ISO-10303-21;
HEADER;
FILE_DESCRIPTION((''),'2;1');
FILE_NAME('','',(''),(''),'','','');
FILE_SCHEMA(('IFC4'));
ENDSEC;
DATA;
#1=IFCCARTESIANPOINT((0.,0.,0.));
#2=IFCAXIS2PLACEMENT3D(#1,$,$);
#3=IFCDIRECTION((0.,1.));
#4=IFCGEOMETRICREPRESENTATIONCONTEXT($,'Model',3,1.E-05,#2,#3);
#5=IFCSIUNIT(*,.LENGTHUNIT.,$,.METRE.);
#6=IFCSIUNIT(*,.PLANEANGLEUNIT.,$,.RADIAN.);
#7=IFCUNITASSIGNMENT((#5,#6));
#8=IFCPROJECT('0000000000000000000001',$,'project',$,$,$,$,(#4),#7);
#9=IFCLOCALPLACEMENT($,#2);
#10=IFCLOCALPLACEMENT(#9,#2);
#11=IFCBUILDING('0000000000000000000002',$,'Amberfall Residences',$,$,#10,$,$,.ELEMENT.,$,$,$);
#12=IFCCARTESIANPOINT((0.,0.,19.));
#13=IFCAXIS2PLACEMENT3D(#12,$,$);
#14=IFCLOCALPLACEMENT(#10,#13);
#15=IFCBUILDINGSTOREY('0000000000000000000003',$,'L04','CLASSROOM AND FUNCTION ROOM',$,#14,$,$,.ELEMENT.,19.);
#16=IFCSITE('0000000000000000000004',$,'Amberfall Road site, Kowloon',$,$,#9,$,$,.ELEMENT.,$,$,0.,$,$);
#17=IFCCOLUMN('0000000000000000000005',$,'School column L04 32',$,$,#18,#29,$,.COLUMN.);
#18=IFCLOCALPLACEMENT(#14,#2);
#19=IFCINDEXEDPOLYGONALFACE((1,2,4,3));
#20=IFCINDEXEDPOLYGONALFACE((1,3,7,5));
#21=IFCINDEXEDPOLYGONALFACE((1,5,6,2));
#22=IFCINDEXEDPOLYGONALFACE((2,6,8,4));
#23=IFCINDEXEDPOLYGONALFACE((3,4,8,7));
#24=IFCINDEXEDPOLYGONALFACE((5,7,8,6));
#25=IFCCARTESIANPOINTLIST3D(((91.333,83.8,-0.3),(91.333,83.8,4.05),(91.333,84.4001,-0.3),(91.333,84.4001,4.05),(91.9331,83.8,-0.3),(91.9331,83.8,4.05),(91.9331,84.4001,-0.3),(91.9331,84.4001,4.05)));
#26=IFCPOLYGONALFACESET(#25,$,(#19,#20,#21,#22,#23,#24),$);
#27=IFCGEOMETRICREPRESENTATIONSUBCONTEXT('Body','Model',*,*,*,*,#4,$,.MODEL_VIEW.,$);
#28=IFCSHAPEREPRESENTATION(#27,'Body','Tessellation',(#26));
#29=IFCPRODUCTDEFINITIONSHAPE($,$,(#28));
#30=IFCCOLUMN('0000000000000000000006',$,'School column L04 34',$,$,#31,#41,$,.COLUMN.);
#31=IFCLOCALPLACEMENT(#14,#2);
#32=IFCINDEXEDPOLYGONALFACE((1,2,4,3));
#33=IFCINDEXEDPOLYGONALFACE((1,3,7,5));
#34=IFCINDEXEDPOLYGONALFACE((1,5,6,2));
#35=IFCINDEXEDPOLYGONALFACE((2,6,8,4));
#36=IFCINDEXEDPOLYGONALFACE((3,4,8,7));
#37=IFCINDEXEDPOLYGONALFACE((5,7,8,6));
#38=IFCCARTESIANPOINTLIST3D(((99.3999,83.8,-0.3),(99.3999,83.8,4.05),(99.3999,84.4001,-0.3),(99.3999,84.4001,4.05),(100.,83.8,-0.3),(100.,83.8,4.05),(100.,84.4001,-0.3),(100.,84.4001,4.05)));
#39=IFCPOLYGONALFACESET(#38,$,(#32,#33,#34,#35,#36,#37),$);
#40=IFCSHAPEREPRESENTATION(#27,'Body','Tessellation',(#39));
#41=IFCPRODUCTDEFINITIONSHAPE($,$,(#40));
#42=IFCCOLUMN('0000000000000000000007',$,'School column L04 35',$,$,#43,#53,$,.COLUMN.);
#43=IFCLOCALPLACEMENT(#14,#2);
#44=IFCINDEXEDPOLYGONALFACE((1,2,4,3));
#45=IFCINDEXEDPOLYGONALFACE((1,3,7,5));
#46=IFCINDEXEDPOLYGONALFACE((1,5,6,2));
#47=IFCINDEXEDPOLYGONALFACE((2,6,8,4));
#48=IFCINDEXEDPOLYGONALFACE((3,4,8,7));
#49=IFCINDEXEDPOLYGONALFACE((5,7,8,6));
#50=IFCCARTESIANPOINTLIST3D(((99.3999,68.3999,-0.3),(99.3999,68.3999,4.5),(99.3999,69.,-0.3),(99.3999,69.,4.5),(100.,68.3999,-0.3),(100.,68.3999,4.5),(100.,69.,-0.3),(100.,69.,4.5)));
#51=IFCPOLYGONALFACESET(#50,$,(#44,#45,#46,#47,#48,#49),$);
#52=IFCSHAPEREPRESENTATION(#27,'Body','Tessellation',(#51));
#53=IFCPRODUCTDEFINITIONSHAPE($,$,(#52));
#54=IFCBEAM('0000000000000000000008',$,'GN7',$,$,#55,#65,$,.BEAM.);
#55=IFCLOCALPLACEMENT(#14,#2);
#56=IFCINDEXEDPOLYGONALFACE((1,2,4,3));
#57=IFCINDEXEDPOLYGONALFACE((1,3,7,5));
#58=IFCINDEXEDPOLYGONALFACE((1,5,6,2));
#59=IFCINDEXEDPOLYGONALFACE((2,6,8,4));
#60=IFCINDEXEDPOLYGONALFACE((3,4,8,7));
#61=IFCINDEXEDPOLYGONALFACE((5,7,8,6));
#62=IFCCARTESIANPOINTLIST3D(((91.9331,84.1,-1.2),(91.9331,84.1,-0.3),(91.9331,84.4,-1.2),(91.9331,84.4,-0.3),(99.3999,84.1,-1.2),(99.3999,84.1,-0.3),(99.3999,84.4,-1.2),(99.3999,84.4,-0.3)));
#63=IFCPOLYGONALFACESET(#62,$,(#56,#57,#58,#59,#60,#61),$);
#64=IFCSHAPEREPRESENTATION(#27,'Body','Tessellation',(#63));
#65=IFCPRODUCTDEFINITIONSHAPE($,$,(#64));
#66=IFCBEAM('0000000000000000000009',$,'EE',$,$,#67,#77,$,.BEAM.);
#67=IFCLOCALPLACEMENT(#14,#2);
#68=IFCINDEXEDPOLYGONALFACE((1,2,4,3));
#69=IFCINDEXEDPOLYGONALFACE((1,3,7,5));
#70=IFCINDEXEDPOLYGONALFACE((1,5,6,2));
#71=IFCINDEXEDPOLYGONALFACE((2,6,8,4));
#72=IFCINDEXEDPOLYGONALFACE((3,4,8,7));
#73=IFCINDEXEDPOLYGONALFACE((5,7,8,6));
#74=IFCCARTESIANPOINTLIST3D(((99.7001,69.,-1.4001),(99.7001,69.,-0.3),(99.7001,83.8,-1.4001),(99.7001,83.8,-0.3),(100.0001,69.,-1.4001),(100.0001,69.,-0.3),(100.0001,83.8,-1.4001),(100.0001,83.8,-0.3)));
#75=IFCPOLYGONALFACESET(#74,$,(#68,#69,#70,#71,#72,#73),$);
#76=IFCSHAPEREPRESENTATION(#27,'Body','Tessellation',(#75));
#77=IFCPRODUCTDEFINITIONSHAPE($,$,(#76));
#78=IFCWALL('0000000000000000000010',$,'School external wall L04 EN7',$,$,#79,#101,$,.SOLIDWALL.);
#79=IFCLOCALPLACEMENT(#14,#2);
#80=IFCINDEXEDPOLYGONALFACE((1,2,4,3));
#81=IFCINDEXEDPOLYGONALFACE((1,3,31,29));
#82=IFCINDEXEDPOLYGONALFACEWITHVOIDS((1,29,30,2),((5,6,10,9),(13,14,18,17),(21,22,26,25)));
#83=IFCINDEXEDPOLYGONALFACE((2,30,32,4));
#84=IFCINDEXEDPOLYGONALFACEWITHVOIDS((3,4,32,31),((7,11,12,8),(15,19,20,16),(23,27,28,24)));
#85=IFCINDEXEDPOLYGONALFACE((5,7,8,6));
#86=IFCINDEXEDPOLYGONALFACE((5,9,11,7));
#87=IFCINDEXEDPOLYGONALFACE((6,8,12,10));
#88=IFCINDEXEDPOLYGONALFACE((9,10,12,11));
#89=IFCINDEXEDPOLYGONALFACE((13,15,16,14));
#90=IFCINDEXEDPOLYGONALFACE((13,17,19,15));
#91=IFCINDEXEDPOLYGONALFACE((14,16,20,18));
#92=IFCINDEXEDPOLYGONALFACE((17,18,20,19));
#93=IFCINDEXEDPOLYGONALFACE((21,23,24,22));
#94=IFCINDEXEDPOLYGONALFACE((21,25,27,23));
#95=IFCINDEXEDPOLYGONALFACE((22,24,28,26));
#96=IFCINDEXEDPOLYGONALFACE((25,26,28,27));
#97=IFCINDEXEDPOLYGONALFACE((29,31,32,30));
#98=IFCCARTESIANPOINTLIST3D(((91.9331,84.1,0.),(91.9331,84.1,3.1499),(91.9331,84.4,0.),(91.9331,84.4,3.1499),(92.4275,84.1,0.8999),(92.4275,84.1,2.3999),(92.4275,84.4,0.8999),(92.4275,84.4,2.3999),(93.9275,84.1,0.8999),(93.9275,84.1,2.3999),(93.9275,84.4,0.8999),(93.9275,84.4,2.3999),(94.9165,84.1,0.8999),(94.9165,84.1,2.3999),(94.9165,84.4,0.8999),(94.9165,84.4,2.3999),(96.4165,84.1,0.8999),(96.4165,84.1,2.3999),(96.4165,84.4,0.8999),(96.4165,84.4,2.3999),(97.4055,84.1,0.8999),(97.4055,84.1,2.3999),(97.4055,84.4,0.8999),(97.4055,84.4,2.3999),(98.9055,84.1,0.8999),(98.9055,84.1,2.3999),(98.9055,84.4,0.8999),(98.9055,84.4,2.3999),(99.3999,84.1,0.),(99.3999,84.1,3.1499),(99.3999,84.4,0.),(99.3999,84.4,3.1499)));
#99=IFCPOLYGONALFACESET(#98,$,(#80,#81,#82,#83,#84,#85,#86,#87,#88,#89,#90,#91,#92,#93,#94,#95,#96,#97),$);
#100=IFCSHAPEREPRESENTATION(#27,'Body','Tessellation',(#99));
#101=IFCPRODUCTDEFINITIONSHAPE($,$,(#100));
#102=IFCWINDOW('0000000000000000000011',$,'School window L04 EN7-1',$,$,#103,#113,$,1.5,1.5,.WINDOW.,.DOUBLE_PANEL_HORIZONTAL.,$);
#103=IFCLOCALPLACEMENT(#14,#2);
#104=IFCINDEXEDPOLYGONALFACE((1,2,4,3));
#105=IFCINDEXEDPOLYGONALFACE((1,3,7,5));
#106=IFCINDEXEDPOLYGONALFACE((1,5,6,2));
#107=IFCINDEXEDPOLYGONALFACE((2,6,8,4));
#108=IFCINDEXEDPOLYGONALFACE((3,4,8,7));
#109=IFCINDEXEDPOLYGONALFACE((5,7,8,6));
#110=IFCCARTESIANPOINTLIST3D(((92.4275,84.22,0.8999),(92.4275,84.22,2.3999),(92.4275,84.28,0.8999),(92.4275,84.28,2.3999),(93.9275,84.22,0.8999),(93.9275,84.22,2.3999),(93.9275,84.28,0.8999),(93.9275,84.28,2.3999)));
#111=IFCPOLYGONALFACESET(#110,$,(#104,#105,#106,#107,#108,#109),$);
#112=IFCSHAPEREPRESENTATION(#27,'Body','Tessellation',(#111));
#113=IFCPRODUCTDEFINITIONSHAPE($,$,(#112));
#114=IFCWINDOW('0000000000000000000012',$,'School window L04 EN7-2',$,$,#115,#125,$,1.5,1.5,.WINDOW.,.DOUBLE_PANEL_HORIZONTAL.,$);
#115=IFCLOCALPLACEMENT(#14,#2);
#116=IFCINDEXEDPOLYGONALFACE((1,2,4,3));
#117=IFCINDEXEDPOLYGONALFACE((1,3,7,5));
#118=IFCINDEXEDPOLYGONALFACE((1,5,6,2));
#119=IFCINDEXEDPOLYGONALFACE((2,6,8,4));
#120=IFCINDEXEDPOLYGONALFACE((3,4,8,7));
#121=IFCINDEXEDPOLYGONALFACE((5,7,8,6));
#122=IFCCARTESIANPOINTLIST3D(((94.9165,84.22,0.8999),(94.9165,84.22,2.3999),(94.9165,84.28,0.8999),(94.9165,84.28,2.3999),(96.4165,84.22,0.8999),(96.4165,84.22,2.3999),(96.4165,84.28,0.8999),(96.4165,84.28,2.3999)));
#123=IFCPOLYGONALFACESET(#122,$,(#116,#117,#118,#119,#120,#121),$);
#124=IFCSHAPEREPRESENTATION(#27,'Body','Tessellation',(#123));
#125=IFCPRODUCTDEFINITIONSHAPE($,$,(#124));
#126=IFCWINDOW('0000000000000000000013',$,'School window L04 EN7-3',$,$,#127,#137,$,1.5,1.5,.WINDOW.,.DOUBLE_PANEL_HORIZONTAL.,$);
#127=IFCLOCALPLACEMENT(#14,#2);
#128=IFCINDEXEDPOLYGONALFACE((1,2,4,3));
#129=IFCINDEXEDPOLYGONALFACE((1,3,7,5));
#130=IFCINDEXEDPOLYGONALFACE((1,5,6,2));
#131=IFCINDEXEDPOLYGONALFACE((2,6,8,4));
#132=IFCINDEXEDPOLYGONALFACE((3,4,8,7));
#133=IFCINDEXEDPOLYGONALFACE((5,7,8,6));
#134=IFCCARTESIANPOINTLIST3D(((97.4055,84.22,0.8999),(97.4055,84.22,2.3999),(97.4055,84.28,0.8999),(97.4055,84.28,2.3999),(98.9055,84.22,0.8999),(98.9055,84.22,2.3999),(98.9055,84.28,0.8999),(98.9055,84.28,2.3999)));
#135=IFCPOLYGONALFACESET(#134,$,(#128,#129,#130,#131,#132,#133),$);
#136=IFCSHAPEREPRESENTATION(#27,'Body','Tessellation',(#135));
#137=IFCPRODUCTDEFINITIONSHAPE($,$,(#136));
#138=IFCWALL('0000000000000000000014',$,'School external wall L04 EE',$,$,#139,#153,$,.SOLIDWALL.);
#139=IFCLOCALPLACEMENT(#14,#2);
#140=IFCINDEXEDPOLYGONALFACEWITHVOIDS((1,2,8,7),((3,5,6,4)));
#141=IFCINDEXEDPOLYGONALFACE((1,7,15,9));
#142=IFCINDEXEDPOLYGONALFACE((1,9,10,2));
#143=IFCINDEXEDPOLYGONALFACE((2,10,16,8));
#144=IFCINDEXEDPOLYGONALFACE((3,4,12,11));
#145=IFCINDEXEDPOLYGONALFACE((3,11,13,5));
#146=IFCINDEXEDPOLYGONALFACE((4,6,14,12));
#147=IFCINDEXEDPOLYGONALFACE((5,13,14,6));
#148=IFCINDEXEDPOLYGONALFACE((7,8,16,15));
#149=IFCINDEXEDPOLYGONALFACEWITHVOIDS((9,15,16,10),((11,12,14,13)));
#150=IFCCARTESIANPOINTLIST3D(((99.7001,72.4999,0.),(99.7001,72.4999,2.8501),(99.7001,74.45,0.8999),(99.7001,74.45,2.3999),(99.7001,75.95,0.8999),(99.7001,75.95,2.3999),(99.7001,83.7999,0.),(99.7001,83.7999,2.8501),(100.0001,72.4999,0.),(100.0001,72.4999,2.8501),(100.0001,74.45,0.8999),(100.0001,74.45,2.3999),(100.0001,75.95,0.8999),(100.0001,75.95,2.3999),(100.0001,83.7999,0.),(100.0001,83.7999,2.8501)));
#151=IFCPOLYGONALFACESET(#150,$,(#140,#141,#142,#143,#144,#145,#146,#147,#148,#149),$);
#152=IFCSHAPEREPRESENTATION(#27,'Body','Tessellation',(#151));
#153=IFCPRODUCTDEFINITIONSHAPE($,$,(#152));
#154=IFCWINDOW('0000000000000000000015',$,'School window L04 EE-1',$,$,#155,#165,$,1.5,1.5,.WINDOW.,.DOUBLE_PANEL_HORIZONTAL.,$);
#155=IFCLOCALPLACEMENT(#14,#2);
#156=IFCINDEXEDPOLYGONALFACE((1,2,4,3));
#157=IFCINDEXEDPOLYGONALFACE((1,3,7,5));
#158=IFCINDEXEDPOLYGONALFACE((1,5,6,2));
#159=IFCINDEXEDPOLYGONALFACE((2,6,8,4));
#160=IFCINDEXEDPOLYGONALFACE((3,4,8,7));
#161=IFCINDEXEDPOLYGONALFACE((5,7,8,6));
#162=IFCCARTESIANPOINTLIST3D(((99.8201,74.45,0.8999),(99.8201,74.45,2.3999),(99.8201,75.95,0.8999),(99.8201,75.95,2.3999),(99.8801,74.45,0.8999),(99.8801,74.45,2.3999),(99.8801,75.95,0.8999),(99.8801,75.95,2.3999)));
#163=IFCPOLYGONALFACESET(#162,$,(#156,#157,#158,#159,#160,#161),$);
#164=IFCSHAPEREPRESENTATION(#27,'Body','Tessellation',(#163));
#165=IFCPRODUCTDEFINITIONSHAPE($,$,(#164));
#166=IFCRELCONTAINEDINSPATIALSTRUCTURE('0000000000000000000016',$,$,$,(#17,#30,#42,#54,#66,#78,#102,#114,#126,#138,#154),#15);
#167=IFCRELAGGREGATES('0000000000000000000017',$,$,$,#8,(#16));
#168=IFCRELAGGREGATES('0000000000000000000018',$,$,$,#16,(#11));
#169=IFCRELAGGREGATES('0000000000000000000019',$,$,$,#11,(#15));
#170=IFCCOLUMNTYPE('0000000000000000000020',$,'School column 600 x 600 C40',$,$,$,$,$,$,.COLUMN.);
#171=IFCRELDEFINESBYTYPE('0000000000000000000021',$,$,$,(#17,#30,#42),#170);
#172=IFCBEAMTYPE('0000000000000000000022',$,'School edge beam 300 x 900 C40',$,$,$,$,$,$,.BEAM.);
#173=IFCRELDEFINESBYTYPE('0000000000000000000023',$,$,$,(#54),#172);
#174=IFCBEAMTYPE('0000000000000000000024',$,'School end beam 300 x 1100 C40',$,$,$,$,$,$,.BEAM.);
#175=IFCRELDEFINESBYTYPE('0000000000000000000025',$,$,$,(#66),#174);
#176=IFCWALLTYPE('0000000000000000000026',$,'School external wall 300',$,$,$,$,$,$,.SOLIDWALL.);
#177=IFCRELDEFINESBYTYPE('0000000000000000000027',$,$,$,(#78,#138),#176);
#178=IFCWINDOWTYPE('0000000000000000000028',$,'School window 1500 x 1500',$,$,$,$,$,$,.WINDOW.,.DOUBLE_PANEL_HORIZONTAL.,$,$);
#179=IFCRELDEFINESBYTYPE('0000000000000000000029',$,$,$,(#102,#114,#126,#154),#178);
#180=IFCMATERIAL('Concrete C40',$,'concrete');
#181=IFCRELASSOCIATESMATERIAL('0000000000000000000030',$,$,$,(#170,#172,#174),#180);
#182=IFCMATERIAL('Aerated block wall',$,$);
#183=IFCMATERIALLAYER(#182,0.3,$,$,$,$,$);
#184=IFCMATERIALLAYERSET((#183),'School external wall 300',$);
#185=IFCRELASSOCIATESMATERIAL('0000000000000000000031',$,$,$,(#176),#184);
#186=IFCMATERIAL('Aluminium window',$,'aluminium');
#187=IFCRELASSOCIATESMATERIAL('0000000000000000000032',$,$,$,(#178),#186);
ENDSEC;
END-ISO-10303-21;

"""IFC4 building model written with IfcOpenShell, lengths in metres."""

from ifc_helpers import new_model, si_unit, direction, frame, frame_2d, origin, origin_2d, place, context, subcontext, project, spatial, rectangle, extrude, material, layer, layer_set, material_profile, profile_set, type_object, element, fill, save


model = new_model("IFC4")

# Units and contexts
model_context = context("Model", 3, precision=1e-05, world=origin(), true_north=direction((0.0, 1.0)))
body_context = subcontext(model_context, "Body", "Model", "MODEL_VIEW")
ifc_project = project(units=[si_unit("LENGTHUNIT", "METRE"), si_unit("PLANEANGLEUNIT", "RADIAN")], contexts=[model_context])

# Site, building, storey
site_placement = place(None, origin())
site = spatial("IfcSite", under=ifc_project, at=site_placement, Name="Amberfall Road site, Kowloon", CompositionType="ELEMENT", RefElevation=0.0)
building_placement = place(site_placement, origin())
building = spatial("IfcBuilding", under=site, at=building_placement, Name="Amberfall Residences", CompositionType="ELEMENT")
storey_placement = place(building_placement, frame((0.0, 0.0, 19.0)))
storey = spatial("IfcBuildingStorey", under=building, at=storey_placement, Name="L04", Description="CLASSROOM AND FUNCTION ROOM", CompositionType="ELEMENT", Elevation=19.0)

# Columns
ifc_material_1 = material(Name="Concrete C40", Category="concrete")
ifc_material_profile_1 = material_profile(ifc_material_1, rectangle(XDim=0.6001, YDim=0.6001, at=origin_2d()), Name="School column 600 x 600 C40")
ifc_profile_set_1 = profile_set([ifc_material_profile_1], Name="Concrete C40")
column_type = type_object("IfcColumnType", Name="School column 600 x 600 C40", PredefinedType="COLUMN", material=ifc_profile_set_1)
for number, where, z_axis, x_axis, name in (
    (1, (91.6331, 84.1001, -0.3), (0.0, 0.0, 1.0), (1.0, 0.0, 0.0), "School column L04 32"),
    (2, (99.7, 84.1001, -0.3), (0.0, 0.0, 1.0), (1.0, 0.0, 0.0), "School column L04 34"),
):
    element("IfcColumn", number, at=place(storey_placement, frame(where, z_axis=z_axis, x_axis=x_axis)), inside=storey, type_object=column_type, Name=name, PredefinedType="COLUMN", context=body_context, shape_type="SweptSolid", body=[
        extrude(rectangle(XDim=0.6001, YDim=0.6001, at=origin_2d()), origin(), (0.0, 0.0, 1.0), 4.3501),
    ])
column_placement = place(storey_placement, frame((99.7, 68.7, -0.3), z_axis=(0.0, 0.0, 1.0), x_axis=(1.0, 0.0, 0.0)))
element("IfcColumn", 3, at=column_placement, inside=storey, type_object=column_type, Name="School column L04 35", PredefinedType="COLUMN", context=body_context, shape_type="SweptSolid", body=[
    extrude(rectangle(XDim=0.6001, YDim=0.6001, at=origin_2d()), origin(), (0.0, 0.0, 1.0), 4.8),
])

# Beams
ifc_material_profile_2 = material_profile(ifc_material_1, rectangle(XDim=0.3, YDim=0.8999, at=origin_2d()), Name="School edge beam 300 x 900 C40")
ifc_profile_set_2 = profile_set([ifc_material_profile_2], Name="Concrete C40")
beam_type_1 = type_object("IfcBeamType", Name="School edge beam 300 x 900 C40", PredefinedType="BEAM", material=ifc_profile_set_2)
beam_1_placement = place(storey_placement, frame((91.9331, 84.25, -0.75), z_axis=(1.0, 0.0, 0.0), x_axis=(0.0, 1.0, 0.0)))
element("IfcBeam", 4, at=beam_1_placement, inside=storey, type_object=beam_type_1, Name="GN7", PredefinedType="BEAM", context=body_context, shape_type="SweptSolid", body=[
    extrude(rectangle(XDim=0.3, YDim=0.8999, at=origin_2d()), origin(), (0.0, 0.0, 1.0), 7.4668),
])
ifc_material_profile_3 = material_profile(ifc_material_1, rectangle(XDim=0.3, YDim=1.1001, at=origin_2d()), Name="School end beam 300 x 1100 C40")
ifc_profile_set_3 = profile_set([ifc_material_profile_3], Name="Concrete C40")
beam_type_2 = type_object("IfcBeamType", Name="School end beam 300 x 1100 C40", PredefinedType="BEAM", material=ifc_profile_set_3)
beam_2_placement = place(storey_placement, frame((99.8501, 69.0, -0.8501), z_axis=(0.0, 1.0, 0.0), x_axis=(-1.0, 0.0, 0.0)))
element("IfcBeam", 5, at=beam_2_placement, inside=storey, type_object=beam_type_2, Name="EE", PredefinedType="BEAM", context=body_context, shape_type="SweptSolid", body=[
    extrude(rectangle(XDim=0.3, YDim=1.1001, at=origin_2d()), origin(), (0.0, 0.0, 1.0), 14.8),
])

# Wall, openings, windows
ifc_material_2 = material(Name="Aerated block wall")
ifc_layer_1 = layer(ifc_material_2, 0.3)
ifc_layer_set_1 = layer_set([ifc_layer_1], Name="School external wall 300")
wall_type_1 = type_object("IfcWallType", Name="School external wall 300", PredefinedType="SOLIDWALL", material=ifc_layer_set_1)
wall_1_placement = place(storey_placement, frame((91.9331, 84.25, 0.0), z_axis=(0.0, 0.0, 1.0), x_axis=(1.0, 0.0, 0.0)))
wall_1 = element("IfcWall", 6, at=wall_1_placement, inside=storey, type_object=wall_type_1, Name="School external wall L04 EN7", PredefinedType="SOLIDWALL", context=body_context, shape_type="SweptSolid", body=[
    extrude(rectangle(XDim=7.4668, YDim=0.3, at=frame_2d((3.7334, 0.0))), origin(), (0.0, 0.0, 1.0), 3.1499),
])
opening_1_placement = place(wall_1_placement, frame((0.4944, 0.0, 0.8999)))
opening_1 = element("IfcOpeningElement", 7, at=opening_1_placement, cuts=wall_1, PredefinedType="OPENING", context=body_context, shape_type="SweptSolid", body=[
    extrude(rectangle(XDim=1.5, YDim=1.5, at=frame_2d((0.75, 0.75))), frame((0.0, 0.1599, 0.0), z_axis=(0.0, -1.0, 0.0), x_axis=(1.0, 0.0, 0.0)), (0.0, 0.0, 1.0), 0.3201),
])
opening_2_placement = place(wall_1_placement, frame((2.9834, 0.0, 0.8999)))
opening_2 = element("IfcOpeningElement", 8, at=opening_2_placement, cuts=wall_1, PredefinedType="OPENING", context=body_context, shape_type="SweptSolid", body=[
    extrude(rectangle(XDim=1.5, YDim=1.5, at=frame_2d((0.75, 0.75))), frame((0.0, 0.1599, 0.0), z_axis=(0.0, -1.0, 0.0), x_axis=(1.0, 0.0, 0.0)), (0.0, 0.0, 1.0), 0.3201),
])
opening_3_placement = place(wall_1_placement, frame((5.4724, 0.0, 0.8999)))
opening_3 = element("IfcOpeningElement", 9, at=opening_3_placement, cuts=wall_1, PredefinedType="OPENING", context=body_context, shape_type="SweptSolid", body=[
    extrude(rectangle(XDim=1.5, YDim=1.5, at=frame_2d((0.75, 0.75))), frame((0.0, 0.1599, 0.0), z_axis=(0.0, -1.0, 0.0), x_axis=(1.0, 0.0, 0.0)), (0.0, 0.0, 1.0), 0.3201),
])
ifc_material_3 = material(Name="Aluminium window", Category="aluminium")
window_type = type_object("IfcWindowType", Name="School window 1500 x 1500", PartitioningType="DOUBLE_PANEL_HORIZONTAL", PredefinedType="WINDOW", material=ifc_material_3)
window_1_placement = place(opening_1_placement, origin())
window_1 = element("IfcWindow", 10, at=window_1_placement, inside=storey, type_object=window_type, Name="School window L04 EN7-1", OverallHeight=1.5, OverallWidth=1.5, PartitioningType="DOUBLE_PANEL_HORIZONTAL", PredefinedType="WINDOW", context=body_context, shape_type="SweptSolid", body=[
    extrude(rectangle(XDim=1.5, YDim=1.5, at=frame_2d((0.75, 0.75))), frame((0.0, 0.03, 0.0), z_axis=(0.0, -1.0, 0.0), x_axis=(1.0, 0.0, 0.0)), (0.0, 0.0, 1.0), 0.0601),
])
fill(opening_1, window_1)
window_2_placement = place(opening_2_placement, origin())
window_2 = element("IfcWindow", 11, at=window_2_placement, inside=storey, type_object=window_type, Name="School window L04 EN7-2", OverallHeight=1.5, OverallWidth=1.5, PartitioningType="DOUBLE_PANEL_HORIZONTAL", PredefinedType="WINDOW", context=body_context, shape_type="SweptSolid", body=[
    extrude(rectangle(XDim=1.5, YDim=1.5, at=frame_2d((0.75, 0.75))), frame((0.0, 0.03, 0.0), z_axis=(0.0, -1.0, 0.0), x_axis=(1.0, 0.0, 0.0)), (0.0, 0.0, 1.0), 0.0601),
])
fill(opening_2, window_2)
window_3_placement = place(opening_3_placement, origin())
window_3 = element("IfcWindow", 12, at=window_3_placement, inside=storey, type_object=window_type, Name="School window L04 EN7-3", OverallHeight=1.5, OverallWidth=1.5, PartitioningType="DOUBLE_PANEL_HORIZONTAL", PredefinedType="WINDOW", context=body_context, shape_type="SweptSolid", body=[
    extrude(rectangle(XDim=1.5, YDim=1.5, at=frame_2d((0.75, 0.75))), frame((0.0, 0.03, 0.0), z_axis=(0.0, -1.0, 0.0), x_axis=(1.0, 0.0, 0.0)), (0.0, 0.0, 1.0), 0.0601),
])
fill(opening_3, window_3)

# Wall, opening, window
wall_2_placement = place(storey_placement, frame((99.8501, 72.5, 0.0), z_axis=(0.0, 0.0, 1.0), x_axis=(0.0, 1.0, 0.0)))
wall_2 = element("IfcWall", 13, at=wall_2_placement, inside=storey, type_object=wall_type_1, Name="School external wall L04 EE", PredefinedType="SOLIDWALL", context=body_context, shape_type="SweptSolid", body=[
    extrude(rectangle(XDim=11.3, YDim=0.3, at=frame_2d((5.6499, 0.0))), origin(), (0.0, 0.0, 1.0), 2.8501),
])
opening_4_placement = place(wall_2_placement, frame((1.95, 0.0, 0.8999)))
opening_4 = element("IfcOpeningElement", 14, at=opening_4_placement, cuts=wall_2, PredefinedType="OPENING", context=body_context, shape_type="SweptSolid", body=[
    extrude(rectangle(XDim=1.5, YDim=1.5, at=frame_2d((0.75, 0.75))), frame((0.0, 0.1599, 0.0), z_axis=(0.0, -1.0, 0.0), x_axis=(1.0, 0.0, 0.0)), (0.0, 0.0, 1.0), 0.3201),
])
window_4_placement = place(opening_4_placement, origin())
window_4 = element("IfcWindow", 15, at=window_4_placement, inside=storey, type_object=window_type, Name="School window L04 EE-1", OverallHeight=1.5, OverallWidth=1.5, PartitioningType="DOUBLE_PANEL_HORIZONTAL", PredefinedType="WINDOW", context=body_context, shape_type="SweptSolid", body=[
    extrude(rectangle(XDim=1.5, YDim=1.5, at=frame_2d((0.75, 0.75))), frame((0.0, 0.03, 0.0), z_axis=(0.0, -1.0, 0.0), x_axis=(1.0, 0.0, 0.0)), (0.0, 0.0, 1.0), 0.0601),
])
fill(opening_4, window_4)

save(model, "model.ifc")
